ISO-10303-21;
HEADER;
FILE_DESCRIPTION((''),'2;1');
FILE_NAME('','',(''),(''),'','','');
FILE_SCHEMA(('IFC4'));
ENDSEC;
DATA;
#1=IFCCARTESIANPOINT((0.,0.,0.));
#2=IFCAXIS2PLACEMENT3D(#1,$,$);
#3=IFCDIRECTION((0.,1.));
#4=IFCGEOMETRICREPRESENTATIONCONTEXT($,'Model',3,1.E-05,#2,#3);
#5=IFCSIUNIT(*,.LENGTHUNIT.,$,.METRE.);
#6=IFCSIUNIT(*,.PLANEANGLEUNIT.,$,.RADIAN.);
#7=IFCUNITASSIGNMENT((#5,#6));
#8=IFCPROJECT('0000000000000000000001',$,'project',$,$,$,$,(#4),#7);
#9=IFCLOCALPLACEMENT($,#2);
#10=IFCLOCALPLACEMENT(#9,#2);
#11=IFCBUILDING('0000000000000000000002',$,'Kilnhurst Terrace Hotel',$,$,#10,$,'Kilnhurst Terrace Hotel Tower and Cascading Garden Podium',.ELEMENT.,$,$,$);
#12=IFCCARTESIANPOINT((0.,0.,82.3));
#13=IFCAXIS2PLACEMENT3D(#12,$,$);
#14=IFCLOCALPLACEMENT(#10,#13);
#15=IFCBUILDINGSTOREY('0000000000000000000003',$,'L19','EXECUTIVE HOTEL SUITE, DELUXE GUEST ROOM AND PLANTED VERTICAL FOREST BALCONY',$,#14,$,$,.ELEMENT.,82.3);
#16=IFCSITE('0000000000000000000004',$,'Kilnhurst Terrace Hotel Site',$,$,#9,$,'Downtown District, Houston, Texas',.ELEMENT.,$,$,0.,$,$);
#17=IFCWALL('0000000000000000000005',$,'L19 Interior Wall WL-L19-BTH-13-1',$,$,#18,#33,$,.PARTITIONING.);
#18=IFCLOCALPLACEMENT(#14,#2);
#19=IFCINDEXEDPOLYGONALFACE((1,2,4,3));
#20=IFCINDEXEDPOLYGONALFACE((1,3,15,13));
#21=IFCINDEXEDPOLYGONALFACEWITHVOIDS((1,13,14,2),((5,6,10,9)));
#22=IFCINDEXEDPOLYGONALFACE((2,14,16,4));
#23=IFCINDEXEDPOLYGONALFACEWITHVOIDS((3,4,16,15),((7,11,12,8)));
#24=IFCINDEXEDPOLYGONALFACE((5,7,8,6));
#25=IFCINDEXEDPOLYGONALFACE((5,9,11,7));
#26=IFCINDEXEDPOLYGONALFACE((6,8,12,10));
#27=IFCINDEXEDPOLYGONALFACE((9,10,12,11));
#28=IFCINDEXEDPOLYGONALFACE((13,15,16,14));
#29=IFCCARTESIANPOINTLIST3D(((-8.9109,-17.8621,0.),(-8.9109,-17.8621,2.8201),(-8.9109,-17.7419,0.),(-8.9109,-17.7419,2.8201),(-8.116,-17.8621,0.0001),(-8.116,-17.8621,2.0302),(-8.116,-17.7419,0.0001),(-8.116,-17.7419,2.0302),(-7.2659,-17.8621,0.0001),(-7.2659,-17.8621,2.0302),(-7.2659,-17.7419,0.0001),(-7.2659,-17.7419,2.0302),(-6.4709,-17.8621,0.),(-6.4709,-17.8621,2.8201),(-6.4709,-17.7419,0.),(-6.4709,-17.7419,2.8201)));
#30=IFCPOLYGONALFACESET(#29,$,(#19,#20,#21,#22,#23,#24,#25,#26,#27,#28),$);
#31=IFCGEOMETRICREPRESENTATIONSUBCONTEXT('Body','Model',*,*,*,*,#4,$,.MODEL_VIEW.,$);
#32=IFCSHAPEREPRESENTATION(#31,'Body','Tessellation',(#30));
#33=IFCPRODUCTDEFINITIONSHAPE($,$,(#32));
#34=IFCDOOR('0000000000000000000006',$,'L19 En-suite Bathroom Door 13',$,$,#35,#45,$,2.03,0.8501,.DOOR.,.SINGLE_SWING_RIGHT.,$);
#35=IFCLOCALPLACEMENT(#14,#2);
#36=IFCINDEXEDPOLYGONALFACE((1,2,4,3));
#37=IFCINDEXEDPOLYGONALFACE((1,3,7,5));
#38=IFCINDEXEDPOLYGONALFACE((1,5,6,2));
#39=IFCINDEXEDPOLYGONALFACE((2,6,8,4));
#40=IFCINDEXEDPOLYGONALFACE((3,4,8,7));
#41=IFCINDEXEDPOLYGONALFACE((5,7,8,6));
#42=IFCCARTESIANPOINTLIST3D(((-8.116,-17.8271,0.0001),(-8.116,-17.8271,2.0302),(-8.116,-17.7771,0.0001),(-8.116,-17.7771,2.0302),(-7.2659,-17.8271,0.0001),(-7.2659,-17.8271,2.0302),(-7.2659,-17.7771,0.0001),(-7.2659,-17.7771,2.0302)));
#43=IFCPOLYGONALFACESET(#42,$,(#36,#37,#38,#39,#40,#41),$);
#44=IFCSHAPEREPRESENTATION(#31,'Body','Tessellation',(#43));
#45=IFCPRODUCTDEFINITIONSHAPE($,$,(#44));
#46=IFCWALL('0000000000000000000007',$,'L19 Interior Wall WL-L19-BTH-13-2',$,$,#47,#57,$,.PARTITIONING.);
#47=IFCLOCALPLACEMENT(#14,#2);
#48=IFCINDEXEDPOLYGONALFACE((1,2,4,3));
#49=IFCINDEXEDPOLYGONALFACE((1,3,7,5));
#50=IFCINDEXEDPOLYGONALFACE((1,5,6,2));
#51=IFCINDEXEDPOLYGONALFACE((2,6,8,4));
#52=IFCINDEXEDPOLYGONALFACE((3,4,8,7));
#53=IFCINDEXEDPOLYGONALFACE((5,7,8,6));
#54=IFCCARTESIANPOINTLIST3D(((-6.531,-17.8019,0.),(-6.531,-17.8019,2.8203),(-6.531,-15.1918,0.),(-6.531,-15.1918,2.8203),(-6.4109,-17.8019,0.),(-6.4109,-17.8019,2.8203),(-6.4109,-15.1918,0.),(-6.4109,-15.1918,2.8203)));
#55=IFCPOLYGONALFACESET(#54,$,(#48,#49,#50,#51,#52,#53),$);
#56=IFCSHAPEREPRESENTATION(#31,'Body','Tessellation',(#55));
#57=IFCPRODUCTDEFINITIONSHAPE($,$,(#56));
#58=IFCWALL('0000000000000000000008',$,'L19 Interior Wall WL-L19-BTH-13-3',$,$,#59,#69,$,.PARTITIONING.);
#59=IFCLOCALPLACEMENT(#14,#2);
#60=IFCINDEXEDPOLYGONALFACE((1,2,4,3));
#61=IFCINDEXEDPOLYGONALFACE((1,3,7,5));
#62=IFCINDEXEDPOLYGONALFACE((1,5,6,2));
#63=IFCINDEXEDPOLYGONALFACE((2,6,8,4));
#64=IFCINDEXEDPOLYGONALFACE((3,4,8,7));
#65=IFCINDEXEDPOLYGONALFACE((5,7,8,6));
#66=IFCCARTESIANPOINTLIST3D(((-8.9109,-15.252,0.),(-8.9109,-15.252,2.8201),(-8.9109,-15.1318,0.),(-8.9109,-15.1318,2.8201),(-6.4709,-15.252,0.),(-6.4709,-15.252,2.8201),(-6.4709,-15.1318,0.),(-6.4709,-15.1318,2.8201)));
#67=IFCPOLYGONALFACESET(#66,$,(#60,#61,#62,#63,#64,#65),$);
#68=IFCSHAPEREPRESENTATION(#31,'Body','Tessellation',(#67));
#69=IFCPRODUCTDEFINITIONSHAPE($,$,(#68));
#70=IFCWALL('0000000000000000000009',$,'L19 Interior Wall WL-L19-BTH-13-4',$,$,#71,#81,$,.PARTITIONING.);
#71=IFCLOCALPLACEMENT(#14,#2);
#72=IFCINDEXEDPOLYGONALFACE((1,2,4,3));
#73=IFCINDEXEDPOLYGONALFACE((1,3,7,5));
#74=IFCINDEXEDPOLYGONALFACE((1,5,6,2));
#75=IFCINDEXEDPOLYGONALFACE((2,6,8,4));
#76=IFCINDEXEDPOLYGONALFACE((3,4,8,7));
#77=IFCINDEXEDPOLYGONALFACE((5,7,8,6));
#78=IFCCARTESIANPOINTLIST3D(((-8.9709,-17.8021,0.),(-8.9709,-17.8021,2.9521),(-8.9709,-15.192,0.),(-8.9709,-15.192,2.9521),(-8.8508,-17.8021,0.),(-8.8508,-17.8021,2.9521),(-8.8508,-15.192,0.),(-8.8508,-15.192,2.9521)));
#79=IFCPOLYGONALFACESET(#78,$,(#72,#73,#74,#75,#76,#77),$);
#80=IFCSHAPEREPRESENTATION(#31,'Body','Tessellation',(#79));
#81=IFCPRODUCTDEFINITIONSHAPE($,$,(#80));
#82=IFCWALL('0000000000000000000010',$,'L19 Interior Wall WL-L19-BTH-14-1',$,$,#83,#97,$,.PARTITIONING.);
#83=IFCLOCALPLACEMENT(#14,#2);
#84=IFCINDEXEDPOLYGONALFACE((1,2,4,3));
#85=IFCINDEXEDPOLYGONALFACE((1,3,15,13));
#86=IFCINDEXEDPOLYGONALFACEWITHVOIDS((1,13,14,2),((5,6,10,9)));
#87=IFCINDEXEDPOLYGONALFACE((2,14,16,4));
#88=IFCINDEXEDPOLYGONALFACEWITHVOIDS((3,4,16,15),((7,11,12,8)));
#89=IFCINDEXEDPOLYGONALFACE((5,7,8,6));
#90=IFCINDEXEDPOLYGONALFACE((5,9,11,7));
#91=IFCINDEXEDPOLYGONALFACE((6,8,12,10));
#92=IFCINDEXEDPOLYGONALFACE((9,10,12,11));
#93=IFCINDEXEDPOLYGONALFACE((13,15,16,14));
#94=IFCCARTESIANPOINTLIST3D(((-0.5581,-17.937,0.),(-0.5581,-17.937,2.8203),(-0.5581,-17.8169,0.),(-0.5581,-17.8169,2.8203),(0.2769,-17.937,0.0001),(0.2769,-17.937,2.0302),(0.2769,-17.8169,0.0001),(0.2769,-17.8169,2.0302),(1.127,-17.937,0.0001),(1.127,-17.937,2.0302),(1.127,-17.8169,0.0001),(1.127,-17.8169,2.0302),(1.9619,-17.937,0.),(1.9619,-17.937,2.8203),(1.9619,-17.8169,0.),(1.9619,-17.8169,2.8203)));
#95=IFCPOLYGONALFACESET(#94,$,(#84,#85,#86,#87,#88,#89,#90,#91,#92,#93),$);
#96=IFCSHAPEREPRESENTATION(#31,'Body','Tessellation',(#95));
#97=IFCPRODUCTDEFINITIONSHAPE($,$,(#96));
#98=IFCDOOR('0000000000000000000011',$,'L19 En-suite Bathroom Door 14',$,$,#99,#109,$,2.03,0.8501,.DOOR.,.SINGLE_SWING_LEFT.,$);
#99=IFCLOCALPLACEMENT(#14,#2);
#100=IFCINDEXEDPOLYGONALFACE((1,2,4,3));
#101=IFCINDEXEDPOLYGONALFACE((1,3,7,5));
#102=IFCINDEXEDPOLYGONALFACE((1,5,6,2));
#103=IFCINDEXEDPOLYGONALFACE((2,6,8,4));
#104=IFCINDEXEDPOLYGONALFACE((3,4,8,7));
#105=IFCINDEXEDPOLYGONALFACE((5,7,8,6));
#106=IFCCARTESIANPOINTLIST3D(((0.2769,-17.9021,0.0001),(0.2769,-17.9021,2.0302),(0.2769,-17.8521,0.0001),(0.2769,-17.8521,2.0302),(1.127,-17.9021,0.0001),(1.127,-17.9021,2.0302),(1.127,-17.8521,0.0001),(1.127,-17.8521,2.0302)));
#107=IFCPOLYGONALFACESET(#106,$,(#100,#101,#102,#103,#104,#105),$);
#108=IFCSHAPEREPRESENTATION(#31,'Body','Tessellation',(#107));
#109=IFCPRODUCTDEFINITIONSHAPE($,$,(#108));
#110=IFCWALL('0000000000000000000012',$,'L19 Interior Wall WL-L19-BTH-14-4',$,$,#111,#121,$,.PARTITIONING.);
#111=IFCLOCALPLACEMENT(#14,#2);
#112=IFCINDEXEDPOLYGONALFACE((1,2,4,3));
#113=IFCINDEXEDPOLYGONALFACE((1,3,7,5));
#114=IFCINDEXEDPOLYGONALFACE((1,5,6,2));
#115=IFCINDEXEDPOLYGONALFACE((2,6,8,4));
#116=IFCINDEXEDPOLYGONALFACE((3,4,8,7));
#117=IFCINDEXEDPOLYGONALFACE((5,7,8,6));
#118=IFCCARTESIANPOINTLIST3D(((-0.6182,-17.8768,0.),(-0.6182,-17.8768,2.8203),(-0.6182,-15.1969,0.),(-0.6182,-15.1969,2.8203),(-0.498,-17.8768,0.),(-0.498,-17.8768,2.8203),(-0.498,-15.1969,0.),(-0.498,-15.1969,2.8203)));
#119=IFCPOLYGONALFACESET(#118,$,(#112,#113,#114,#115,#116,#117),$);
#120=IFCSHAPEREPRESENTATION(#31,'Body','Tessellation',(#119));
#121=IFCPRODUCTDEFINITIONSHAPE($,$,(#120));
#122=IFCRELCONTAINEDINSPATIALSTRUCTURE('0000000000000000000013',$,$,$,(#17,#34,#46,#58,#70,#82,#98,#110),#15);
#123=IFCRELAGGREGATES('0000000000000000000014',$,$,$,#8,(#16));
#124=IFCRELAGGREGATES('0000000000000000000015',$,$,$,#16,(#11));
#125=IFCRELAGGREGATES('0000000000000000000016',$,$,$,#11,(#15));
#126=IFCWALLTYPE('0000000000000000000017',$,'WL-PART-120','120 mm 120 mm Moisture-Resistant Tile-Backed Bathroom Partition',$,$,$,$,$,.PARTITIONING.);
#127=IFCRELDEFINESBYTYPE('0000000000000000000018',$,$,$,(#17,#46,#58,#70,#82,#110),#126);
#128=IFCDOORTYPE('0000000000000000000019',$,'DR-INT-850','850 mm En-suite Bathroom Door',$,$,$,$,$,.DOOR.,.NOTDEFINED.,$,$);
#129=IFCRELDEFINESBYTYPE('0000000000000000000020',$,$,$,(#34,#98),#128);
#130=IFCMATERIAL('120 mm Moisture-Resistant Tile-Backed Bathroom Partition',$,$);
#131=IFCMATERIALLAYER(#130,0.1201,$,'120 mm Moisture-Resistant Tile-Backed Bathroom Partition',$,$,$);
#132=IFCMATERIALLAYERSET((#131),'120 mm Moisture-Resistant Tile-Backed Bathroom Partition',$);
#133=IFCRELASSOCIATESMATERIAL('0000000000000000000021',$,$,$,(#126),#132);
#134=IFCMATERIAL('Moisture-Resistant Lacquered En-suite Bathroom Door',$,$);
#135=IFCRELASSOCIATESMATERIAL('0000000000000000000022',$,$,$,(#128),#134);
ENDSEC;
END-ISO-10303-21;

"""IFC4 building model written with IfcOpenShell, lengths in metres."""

from ifc_helpers import new_model, si_unit, direction, frame, frame_2d, origin, place, context, subcontext, project, spatial, rectangle, extrude, material, layer, layer_set, type_object, element, fill, save


model = new_model("IFC4")

# Units and contexts
model_context = context("Model", 3, precision=1e-05, world=origin(), true_north=direction((0.0, 1.0)))
body_context = subcontext(model_context, "Body", "Model", "MODEL_VIEW")
ifc_project = project(units=[si_unit("LENGTHUNIT", "METRE"), si_unit("PLANEANGLEUNIT", "RADIAN")], contexts=[model_context])

# Site, building, storey
site_placement = place(None, origin())
site = spatial("IfcSite", under=ifc_project, at=site_placement, Name="Kilnhurst Terrace Hotel Site", LongName="Downtown District, Houston, Texas", CompositionType="ELEMENT", RefElevation=0.0)
building_placement = place(site_placement, origin())
building = spatial("IfcBuilding", under=site, at=building_placement, Name="Kilnhurst Terrace Hotel", LongName="Kilnhurst Terrace Hotel Tower and Cascading Garden Podium", CompositionType="ELEMENT")
storey_placement = place(building_placement, frame((0.0, 0.0, 82.3)))
storey = spatial("IfcBuildingStorey", under=building, at=storey_placement, Name="L19", Description="EXECUTIVE HOTEL SUITE, DELUXE GUEST ROOM AND PLANTED VERTICAL FOREST BALCONY", CompositionType="ELEMENT", Elevation=82.3)

# Wall, opening, door
ifc_material_1 = material(Name="120 mm Moisture-Resistant Tile-Backed Bathroom Partition")
ifc_layer_1 = layer(ifc_material_1, 0.1201, Name="120 mm Moisture-Resistant Tile-Backed Bathroom Partition")
ifc_layer_set_1 = layer_set([ifc_layer_1], Name="120 mm Moisture-Resistant Tile-Backed Bathroom Partition")
wall_type_1 = type_object("IfcWallType", Name="WL-PART-120", Description="120 mm 120 mm Moisture-Resistant Tile-Backed Bathroom Partition", PredefinedType="PARTITIONING", material=ifc_layer_set_1)
wall_1_placement = place(storey_placement, frame((-8.9109, -17.802, 0.0), z_axis=(0.0, 0.0, 1.0), x_axis=(1.0, 0.0, 0.0)))
wall_1 = element("IfcWall", 1, at=wall_1_placement, inside=storey, type_object=wall_type_1, Name="L19 Interior Wall WL-L19-BTH-13-1", PredefinedType="PARTITIONING", context=body_context, shape_type="SweptSolid", body=[
    extrude(rectangle(XDim=2.4399, YDim=0.1201, at=frame_2d((1.22, 0.0))), origin(), (0.0, 0.0, 1.0), 2.8201),
])
opening_1_placement = place(wall_1_placement, frame((0.7949, 0.0, 0.0)))
opening_1 = element("IfcOpeningElement", 2, at=opening_1_placement, cuts=wall_1, PredefinedType="OPENING", context=body_context, shape_type="SweptSolid", body=[
    extrude(rectangle(XDim=0.8501, YDim=2.03, at=frame_2d((0.425, 1.0151))), frame((0.0, 0.0701, 0.0), z_axis=(0.0, -1.0, 0.0), x_axis=(1.0, 0.0, 0.0)), (0.0, 0.0, 1.0), 0.1401),
])
ifc_material_2 = material(Name="Moisture-Resistant Lacquered En-suite Bathroom Door")
door_type = type_object("IfcDoorType", Name="DR-INT-850", Description="850 mm En-suite Bathroom Door", OperationType="NOTDEFINED", PredefinedType="DOOR", material=ifc_material_2)
door_1_placement = place(opening_1_placement, origin())
door_1 = element("IfcDoor", 3, at=door_1_placement, inside=storey, type_object=door_type, Name="L19 En-suite Bathroom Door 13", OperationType="SINGLE_SWING_RIGHT", OverallHeight=2.03, OverallWidth=0.8501, PredefinedType="DOOR", context=body_context, shape_type="SweptSolid", body=[
    extrude(rectangle(XDim=0.8501, YDim=2.03, at=frame_2d((0.425, 1.0151))), frame((0.0, 0.0249, 0.0), z_axis=(0.0, -1.0, 0.0), x_axis=(1.0, 0.0, 0.0)), (0.0, 0.0, 1.0), 0.05),
])
fill(opening_1, door_1)

# Walls
wall_2_placement = place(storey_placement, frame((-6.4709, -17.802, 0.0), z_axis=(0.0, 0.0, 1.0), x_axis=(0.0, 1.0, 0.0)))
element("IfcWall", 4, at=wall_2_placement, inside=storey, type_object=wall_type_1, Name="L19 Interior Wall WL-L19-BTH-13-2", PredefinedType="PARTITIONING", context=body_context, shape_type="SweptSolid", body=[
    extrude(rectangle(XDim=2.6101, YDim=0.1201, at=frame_2d((1.3052, 0.0))), origin(), (0.0, 0.0, 1.0), 2.8203),
])
wall_3_placement = place(storey_placement, frame((-6.4709, -15.1919, 0.0), z_axis=(0.0, 0.0, 1.0), x_axis=(-1.0, 0.0, 0.0)))
element("IfcWall", 5, at=wall_3_placement, inside=storey, type_object=wall_type_1, Name="L19 Interior Wall WL-L19-BTH-13-3", PredefinedType="PARTITIONING", context=body_context, shape_type="SweptSolid", body=[
    extrude(rectangle(XDim=2.4399, YDim=0.1201, at=frame_2d((1.22, 0.0))), origin(), (0.0, 0.0, 1.0), 2.8201),
])
wall_4_placement = place(storey_placement, frame((-8.9109, -15.1919, 0.0), z_axis=(0.0, 0.0, 1.0), x_axis=(0.0, -1.0, 0.0)))
element("IfcWall", 6, at=wall_4_placement, inside=storey, type_object=wall_type_1, Name="L19 Interior Wall WL-L19-BTH-13-4", PredefinedType="PARTITIONING", context=body_context, shape_type="SweptSolid", body=[
    extrude(rectangle(XDim=2.6101, YDim=0.1201, at=frame_2d((1.3052, 0.0))), origin(), (0.0, 0.0, 1.0), 2.9521),
])

# Wall, opening, door
wall_5_placement = place(storey_placement, frame((-0.5581, -17.877, 0.0), z_axis=(0.0, 0.0, 1.0), x_axis=(1.0, 0.0, 0.0)))
wall_5 = element("IfcWall", 7, at=wall_5_placement, inside=storey, type_object=wall_type_1, Name="L19 Interior Wall WL-L19-BTH-14-1", PredefinedType="PARTITIONING", context=body_context, shape_type="SweptSolid", body=[
    extrude(rectangle(XDim=2.52, YDim=0.1201, at=frame_2d((1.26, 0.0))), origin(), (0.0, 0.0, 1.0), 2.8203),
])
opening_2_placement = place(wall_5_placement, frame((0.835, 0.0, 0.0)))
opening_2 = element("IfcOpeningElement", 8, at=opening_2_placement, cuts=wall_5, PredefinedType="OPENING", context=body_context, shape_type="SweptSolid", body=[
    extrude(rectangle(XDim=0.8501, YDim=2.03, at=frame_2d((0.425, 1.0151))), frame((0.0, 0.0701, 0.0), z_axis=(0.0, -1.0, 0.0), x_axis=(1.0, 0.0, 0.0)), (0.0, 0.0, 1.0), 0.1401),
])
door_2_placement = place(opening_2_placement, origin())
door_2 = element("IfcDoor", 9, at=door_2_placement, inside=storey, type_object=door_type, Name="L19 En-suite Bathroom Door 14", OperationType="SINGLE_SWING_LEFT", OverallHeight=2.03, OverallWidth=0.8501, PredefinedType="DOOR", context=body_context, shape_type="SweptSolid", body=[
    extrude(rectangle(XDim=0.8501, YDim=2.03, at=frame_2d((0.425, 1.0151))), frame((0.0, 0.0249, 0.0), z_axis=(0.0, -1.0, 0.0), x_axis=(1.0, 0.0, 0.0)), (0.0, 0.0, 1.0), 0.05),
])
fill(opening_2, door_2)

# Wall
wall_6_placement = place(storey_placement, frame((-0.5581, -15.197, 0.0), z_axis=(0.0, 0.0, 1.0), x_axis=(0.0, -1.0, 0.0)))
element("IfcWall", 10, at=wall_6_placement, inside=storey, type_object=wall_type_1, Name="L19 Interior Wall WL-L19-BTH-14-4", PredefinedType="PARTITIONING", context=body_context, shape_type="SweptSolid", body=[
    extrude(rectangle(XDim=2.6799, YDim=0.1201, at=frame_2d((1.3398, 0.0))), origin(), (0.0, 0.0, 1.0), 2.8203),
])

save(model, "model.ifc")
